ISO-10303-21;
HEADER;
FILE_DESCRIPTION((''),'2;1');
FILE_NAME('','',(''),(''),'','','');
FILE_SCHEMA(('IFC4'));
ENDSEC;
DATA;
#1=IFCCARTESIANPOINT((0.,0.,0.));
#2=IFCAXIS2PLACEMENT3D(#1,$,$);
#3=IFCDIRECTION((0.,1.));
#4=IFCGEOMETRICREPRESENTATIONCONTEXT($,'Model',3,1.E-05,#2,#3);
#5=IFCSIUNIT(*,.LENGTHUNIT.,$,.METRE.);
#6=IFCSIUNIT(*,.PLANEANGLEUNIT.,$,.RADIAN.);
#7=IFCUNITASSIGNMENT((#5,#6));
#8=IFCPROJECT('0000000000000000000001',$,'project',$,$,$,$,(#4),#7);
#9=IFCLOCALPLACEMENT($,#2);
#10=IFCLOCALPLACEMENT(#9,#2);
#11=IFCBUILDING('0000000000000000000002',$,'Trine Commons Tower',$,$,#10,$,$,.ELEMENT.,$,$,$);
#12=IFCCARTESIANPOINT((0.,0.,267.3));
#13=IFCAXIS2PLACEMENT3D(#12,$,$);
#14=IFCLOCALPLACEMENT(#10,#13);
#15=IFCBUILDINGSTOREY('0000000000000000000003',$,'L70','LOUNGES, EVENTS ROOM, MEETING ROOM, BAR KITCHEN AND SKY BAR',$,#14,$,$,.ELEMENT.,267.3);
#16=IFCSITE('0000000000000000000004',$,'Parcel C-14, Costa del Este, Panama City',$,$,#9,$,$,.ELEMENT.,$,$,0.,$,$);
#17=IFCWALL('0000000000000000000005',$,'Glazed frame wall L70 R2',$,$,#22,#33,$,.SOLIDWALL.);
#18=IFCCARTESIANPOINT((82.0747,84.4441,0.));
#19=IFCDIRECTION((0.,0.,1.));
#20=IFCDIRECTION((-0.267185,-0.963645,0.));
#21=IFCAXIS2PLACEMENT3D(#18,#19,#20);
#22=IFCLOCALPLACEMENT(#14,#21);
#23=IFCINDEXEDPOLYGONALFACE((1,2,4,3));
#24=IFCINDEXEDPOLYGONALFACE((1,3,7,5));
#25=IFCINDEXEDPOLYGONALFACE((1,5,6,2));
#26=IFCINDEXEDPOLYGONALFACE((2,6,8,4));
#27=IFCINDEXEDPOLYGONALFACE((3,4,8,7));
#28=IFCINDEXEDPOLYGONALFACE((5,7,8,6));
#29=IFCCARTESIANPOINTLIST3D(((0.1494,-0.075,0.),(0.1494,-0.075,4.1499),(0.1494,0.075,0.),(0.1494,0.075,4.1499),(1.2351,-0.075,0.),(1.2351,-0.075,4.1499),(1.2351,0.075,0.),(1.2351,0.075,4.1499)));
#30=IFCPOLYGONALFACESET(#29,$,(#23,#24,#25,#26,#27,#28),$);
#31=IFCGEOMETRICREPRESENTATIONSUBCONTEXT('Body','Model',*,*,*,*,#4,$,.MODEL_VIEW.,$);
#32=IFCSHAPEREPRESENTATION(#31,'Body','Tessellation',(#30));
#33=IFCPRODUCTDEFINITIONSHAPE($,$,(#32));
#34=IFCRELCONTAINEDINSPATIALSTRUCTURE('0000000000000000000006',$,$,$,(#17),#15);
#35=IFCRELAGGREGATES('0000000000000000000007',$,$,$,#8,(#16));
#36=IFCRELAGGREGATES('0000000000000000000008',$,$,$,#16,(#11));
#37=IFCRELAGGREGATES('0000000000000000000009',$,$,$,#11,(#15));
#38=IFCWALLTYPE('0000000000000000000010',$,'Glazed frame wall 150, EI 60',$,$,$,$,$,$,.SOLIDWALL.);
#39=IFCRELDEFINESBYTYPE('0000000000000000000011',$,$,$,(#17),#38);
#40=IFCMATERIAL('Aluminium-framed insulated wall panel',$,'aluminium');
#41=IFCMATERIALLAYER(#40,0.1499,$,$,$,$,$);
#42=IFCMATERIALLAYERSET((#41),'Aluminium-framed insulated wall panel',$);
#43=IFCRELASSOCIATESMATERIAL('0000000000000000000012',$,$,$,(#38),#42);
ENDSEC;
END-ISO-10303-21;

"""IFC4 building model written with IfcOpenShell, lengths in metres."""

from ifc_helpers import new_model, si_unit, direction, frame, origin, place, context, subcontext, project, spatial, polyline, outline, extrude, material, layer, layer_set, type_object, element, save


model = new_model("IFC4")

# Units and contexts
model_context = context("Model", 3, precision=1e-05, world=origin(), true_north=direction((0.0, 1.0)))
body_context = subcontext(model_context, "Body", "Model", "MODEL_VIEW")
ifc_project = project(units=[si_unit("LENGTHUNIT", "METRE"), si_unit("PLANEANGLEUNIT", "RADIAN")], contexts=[model_context])

# Site, building, storey
site_placement = place(None, origin())
site = spatial("IfcSite", under=ifc_project, at=site_placement, Name="Parcel C-14, Costa del Este, Panama City", CompositionType="ELEMENT", RefElevation=0.0)
building_placement = place(site_placement, origin())
building = spatial("IfcBuilding", under=site, at=building_placement, Name="Trine Commons Tower", CompositionType="ELEMENT")
storey_placement = place(building_placement, frame((0.0, 0.0, 267.3)))
storey = spatial("IfcBuildingStorey", under=building, at=storey_placement, Name="L70", Description="LOUNGES, EVENTS ROOM, MEETING ROOM, BAR KITCHEN AND SKY BAR", CompositionType="ELEMENT", Elevation=267.3)

# Wall
ifc_material_1 = material(Name="Aluminium-framed insulated wall panel", Category="aluminium")
ifc_layer_1 = layer(ifc_material_1, 0.1499)
ifc_layer_set_1 = layer_set([ifc_layer_1], Name="Aluminium-framed insulated wall panel")
wall_type_1 = type_object("IfcWallType", Name="Glazed frame wall 150, EI 60", PredefinedType="SOLIDWALL", material=ifc_layer_set_1)
wall_1_placement = place(storey_placement, frame((82.0747, 84.4441, 0.0), z_axis=(0.0, 0.0, 1.0), x_axis=(-0.267185, -0.963645, 0.0)))
element("IfcWall", 1, at=wall_1_placement, inside=storey, type_object=wall_type_1, Name="Glazed frame wall L70 R2", PredefinedType="SOLIDWALL", context=body_context, shape_type="SweptSolid", body=[
    extrude(outline(polyline([(0.1494, 0.075), (0.1494, -0.075), (1.2351, -0.075), (1.2351, 0.075), (0.1494, 0.075)])), origin(), (0.0, 0.0, 1.0), 4.1499),
])

save(model, "model.ifc")
